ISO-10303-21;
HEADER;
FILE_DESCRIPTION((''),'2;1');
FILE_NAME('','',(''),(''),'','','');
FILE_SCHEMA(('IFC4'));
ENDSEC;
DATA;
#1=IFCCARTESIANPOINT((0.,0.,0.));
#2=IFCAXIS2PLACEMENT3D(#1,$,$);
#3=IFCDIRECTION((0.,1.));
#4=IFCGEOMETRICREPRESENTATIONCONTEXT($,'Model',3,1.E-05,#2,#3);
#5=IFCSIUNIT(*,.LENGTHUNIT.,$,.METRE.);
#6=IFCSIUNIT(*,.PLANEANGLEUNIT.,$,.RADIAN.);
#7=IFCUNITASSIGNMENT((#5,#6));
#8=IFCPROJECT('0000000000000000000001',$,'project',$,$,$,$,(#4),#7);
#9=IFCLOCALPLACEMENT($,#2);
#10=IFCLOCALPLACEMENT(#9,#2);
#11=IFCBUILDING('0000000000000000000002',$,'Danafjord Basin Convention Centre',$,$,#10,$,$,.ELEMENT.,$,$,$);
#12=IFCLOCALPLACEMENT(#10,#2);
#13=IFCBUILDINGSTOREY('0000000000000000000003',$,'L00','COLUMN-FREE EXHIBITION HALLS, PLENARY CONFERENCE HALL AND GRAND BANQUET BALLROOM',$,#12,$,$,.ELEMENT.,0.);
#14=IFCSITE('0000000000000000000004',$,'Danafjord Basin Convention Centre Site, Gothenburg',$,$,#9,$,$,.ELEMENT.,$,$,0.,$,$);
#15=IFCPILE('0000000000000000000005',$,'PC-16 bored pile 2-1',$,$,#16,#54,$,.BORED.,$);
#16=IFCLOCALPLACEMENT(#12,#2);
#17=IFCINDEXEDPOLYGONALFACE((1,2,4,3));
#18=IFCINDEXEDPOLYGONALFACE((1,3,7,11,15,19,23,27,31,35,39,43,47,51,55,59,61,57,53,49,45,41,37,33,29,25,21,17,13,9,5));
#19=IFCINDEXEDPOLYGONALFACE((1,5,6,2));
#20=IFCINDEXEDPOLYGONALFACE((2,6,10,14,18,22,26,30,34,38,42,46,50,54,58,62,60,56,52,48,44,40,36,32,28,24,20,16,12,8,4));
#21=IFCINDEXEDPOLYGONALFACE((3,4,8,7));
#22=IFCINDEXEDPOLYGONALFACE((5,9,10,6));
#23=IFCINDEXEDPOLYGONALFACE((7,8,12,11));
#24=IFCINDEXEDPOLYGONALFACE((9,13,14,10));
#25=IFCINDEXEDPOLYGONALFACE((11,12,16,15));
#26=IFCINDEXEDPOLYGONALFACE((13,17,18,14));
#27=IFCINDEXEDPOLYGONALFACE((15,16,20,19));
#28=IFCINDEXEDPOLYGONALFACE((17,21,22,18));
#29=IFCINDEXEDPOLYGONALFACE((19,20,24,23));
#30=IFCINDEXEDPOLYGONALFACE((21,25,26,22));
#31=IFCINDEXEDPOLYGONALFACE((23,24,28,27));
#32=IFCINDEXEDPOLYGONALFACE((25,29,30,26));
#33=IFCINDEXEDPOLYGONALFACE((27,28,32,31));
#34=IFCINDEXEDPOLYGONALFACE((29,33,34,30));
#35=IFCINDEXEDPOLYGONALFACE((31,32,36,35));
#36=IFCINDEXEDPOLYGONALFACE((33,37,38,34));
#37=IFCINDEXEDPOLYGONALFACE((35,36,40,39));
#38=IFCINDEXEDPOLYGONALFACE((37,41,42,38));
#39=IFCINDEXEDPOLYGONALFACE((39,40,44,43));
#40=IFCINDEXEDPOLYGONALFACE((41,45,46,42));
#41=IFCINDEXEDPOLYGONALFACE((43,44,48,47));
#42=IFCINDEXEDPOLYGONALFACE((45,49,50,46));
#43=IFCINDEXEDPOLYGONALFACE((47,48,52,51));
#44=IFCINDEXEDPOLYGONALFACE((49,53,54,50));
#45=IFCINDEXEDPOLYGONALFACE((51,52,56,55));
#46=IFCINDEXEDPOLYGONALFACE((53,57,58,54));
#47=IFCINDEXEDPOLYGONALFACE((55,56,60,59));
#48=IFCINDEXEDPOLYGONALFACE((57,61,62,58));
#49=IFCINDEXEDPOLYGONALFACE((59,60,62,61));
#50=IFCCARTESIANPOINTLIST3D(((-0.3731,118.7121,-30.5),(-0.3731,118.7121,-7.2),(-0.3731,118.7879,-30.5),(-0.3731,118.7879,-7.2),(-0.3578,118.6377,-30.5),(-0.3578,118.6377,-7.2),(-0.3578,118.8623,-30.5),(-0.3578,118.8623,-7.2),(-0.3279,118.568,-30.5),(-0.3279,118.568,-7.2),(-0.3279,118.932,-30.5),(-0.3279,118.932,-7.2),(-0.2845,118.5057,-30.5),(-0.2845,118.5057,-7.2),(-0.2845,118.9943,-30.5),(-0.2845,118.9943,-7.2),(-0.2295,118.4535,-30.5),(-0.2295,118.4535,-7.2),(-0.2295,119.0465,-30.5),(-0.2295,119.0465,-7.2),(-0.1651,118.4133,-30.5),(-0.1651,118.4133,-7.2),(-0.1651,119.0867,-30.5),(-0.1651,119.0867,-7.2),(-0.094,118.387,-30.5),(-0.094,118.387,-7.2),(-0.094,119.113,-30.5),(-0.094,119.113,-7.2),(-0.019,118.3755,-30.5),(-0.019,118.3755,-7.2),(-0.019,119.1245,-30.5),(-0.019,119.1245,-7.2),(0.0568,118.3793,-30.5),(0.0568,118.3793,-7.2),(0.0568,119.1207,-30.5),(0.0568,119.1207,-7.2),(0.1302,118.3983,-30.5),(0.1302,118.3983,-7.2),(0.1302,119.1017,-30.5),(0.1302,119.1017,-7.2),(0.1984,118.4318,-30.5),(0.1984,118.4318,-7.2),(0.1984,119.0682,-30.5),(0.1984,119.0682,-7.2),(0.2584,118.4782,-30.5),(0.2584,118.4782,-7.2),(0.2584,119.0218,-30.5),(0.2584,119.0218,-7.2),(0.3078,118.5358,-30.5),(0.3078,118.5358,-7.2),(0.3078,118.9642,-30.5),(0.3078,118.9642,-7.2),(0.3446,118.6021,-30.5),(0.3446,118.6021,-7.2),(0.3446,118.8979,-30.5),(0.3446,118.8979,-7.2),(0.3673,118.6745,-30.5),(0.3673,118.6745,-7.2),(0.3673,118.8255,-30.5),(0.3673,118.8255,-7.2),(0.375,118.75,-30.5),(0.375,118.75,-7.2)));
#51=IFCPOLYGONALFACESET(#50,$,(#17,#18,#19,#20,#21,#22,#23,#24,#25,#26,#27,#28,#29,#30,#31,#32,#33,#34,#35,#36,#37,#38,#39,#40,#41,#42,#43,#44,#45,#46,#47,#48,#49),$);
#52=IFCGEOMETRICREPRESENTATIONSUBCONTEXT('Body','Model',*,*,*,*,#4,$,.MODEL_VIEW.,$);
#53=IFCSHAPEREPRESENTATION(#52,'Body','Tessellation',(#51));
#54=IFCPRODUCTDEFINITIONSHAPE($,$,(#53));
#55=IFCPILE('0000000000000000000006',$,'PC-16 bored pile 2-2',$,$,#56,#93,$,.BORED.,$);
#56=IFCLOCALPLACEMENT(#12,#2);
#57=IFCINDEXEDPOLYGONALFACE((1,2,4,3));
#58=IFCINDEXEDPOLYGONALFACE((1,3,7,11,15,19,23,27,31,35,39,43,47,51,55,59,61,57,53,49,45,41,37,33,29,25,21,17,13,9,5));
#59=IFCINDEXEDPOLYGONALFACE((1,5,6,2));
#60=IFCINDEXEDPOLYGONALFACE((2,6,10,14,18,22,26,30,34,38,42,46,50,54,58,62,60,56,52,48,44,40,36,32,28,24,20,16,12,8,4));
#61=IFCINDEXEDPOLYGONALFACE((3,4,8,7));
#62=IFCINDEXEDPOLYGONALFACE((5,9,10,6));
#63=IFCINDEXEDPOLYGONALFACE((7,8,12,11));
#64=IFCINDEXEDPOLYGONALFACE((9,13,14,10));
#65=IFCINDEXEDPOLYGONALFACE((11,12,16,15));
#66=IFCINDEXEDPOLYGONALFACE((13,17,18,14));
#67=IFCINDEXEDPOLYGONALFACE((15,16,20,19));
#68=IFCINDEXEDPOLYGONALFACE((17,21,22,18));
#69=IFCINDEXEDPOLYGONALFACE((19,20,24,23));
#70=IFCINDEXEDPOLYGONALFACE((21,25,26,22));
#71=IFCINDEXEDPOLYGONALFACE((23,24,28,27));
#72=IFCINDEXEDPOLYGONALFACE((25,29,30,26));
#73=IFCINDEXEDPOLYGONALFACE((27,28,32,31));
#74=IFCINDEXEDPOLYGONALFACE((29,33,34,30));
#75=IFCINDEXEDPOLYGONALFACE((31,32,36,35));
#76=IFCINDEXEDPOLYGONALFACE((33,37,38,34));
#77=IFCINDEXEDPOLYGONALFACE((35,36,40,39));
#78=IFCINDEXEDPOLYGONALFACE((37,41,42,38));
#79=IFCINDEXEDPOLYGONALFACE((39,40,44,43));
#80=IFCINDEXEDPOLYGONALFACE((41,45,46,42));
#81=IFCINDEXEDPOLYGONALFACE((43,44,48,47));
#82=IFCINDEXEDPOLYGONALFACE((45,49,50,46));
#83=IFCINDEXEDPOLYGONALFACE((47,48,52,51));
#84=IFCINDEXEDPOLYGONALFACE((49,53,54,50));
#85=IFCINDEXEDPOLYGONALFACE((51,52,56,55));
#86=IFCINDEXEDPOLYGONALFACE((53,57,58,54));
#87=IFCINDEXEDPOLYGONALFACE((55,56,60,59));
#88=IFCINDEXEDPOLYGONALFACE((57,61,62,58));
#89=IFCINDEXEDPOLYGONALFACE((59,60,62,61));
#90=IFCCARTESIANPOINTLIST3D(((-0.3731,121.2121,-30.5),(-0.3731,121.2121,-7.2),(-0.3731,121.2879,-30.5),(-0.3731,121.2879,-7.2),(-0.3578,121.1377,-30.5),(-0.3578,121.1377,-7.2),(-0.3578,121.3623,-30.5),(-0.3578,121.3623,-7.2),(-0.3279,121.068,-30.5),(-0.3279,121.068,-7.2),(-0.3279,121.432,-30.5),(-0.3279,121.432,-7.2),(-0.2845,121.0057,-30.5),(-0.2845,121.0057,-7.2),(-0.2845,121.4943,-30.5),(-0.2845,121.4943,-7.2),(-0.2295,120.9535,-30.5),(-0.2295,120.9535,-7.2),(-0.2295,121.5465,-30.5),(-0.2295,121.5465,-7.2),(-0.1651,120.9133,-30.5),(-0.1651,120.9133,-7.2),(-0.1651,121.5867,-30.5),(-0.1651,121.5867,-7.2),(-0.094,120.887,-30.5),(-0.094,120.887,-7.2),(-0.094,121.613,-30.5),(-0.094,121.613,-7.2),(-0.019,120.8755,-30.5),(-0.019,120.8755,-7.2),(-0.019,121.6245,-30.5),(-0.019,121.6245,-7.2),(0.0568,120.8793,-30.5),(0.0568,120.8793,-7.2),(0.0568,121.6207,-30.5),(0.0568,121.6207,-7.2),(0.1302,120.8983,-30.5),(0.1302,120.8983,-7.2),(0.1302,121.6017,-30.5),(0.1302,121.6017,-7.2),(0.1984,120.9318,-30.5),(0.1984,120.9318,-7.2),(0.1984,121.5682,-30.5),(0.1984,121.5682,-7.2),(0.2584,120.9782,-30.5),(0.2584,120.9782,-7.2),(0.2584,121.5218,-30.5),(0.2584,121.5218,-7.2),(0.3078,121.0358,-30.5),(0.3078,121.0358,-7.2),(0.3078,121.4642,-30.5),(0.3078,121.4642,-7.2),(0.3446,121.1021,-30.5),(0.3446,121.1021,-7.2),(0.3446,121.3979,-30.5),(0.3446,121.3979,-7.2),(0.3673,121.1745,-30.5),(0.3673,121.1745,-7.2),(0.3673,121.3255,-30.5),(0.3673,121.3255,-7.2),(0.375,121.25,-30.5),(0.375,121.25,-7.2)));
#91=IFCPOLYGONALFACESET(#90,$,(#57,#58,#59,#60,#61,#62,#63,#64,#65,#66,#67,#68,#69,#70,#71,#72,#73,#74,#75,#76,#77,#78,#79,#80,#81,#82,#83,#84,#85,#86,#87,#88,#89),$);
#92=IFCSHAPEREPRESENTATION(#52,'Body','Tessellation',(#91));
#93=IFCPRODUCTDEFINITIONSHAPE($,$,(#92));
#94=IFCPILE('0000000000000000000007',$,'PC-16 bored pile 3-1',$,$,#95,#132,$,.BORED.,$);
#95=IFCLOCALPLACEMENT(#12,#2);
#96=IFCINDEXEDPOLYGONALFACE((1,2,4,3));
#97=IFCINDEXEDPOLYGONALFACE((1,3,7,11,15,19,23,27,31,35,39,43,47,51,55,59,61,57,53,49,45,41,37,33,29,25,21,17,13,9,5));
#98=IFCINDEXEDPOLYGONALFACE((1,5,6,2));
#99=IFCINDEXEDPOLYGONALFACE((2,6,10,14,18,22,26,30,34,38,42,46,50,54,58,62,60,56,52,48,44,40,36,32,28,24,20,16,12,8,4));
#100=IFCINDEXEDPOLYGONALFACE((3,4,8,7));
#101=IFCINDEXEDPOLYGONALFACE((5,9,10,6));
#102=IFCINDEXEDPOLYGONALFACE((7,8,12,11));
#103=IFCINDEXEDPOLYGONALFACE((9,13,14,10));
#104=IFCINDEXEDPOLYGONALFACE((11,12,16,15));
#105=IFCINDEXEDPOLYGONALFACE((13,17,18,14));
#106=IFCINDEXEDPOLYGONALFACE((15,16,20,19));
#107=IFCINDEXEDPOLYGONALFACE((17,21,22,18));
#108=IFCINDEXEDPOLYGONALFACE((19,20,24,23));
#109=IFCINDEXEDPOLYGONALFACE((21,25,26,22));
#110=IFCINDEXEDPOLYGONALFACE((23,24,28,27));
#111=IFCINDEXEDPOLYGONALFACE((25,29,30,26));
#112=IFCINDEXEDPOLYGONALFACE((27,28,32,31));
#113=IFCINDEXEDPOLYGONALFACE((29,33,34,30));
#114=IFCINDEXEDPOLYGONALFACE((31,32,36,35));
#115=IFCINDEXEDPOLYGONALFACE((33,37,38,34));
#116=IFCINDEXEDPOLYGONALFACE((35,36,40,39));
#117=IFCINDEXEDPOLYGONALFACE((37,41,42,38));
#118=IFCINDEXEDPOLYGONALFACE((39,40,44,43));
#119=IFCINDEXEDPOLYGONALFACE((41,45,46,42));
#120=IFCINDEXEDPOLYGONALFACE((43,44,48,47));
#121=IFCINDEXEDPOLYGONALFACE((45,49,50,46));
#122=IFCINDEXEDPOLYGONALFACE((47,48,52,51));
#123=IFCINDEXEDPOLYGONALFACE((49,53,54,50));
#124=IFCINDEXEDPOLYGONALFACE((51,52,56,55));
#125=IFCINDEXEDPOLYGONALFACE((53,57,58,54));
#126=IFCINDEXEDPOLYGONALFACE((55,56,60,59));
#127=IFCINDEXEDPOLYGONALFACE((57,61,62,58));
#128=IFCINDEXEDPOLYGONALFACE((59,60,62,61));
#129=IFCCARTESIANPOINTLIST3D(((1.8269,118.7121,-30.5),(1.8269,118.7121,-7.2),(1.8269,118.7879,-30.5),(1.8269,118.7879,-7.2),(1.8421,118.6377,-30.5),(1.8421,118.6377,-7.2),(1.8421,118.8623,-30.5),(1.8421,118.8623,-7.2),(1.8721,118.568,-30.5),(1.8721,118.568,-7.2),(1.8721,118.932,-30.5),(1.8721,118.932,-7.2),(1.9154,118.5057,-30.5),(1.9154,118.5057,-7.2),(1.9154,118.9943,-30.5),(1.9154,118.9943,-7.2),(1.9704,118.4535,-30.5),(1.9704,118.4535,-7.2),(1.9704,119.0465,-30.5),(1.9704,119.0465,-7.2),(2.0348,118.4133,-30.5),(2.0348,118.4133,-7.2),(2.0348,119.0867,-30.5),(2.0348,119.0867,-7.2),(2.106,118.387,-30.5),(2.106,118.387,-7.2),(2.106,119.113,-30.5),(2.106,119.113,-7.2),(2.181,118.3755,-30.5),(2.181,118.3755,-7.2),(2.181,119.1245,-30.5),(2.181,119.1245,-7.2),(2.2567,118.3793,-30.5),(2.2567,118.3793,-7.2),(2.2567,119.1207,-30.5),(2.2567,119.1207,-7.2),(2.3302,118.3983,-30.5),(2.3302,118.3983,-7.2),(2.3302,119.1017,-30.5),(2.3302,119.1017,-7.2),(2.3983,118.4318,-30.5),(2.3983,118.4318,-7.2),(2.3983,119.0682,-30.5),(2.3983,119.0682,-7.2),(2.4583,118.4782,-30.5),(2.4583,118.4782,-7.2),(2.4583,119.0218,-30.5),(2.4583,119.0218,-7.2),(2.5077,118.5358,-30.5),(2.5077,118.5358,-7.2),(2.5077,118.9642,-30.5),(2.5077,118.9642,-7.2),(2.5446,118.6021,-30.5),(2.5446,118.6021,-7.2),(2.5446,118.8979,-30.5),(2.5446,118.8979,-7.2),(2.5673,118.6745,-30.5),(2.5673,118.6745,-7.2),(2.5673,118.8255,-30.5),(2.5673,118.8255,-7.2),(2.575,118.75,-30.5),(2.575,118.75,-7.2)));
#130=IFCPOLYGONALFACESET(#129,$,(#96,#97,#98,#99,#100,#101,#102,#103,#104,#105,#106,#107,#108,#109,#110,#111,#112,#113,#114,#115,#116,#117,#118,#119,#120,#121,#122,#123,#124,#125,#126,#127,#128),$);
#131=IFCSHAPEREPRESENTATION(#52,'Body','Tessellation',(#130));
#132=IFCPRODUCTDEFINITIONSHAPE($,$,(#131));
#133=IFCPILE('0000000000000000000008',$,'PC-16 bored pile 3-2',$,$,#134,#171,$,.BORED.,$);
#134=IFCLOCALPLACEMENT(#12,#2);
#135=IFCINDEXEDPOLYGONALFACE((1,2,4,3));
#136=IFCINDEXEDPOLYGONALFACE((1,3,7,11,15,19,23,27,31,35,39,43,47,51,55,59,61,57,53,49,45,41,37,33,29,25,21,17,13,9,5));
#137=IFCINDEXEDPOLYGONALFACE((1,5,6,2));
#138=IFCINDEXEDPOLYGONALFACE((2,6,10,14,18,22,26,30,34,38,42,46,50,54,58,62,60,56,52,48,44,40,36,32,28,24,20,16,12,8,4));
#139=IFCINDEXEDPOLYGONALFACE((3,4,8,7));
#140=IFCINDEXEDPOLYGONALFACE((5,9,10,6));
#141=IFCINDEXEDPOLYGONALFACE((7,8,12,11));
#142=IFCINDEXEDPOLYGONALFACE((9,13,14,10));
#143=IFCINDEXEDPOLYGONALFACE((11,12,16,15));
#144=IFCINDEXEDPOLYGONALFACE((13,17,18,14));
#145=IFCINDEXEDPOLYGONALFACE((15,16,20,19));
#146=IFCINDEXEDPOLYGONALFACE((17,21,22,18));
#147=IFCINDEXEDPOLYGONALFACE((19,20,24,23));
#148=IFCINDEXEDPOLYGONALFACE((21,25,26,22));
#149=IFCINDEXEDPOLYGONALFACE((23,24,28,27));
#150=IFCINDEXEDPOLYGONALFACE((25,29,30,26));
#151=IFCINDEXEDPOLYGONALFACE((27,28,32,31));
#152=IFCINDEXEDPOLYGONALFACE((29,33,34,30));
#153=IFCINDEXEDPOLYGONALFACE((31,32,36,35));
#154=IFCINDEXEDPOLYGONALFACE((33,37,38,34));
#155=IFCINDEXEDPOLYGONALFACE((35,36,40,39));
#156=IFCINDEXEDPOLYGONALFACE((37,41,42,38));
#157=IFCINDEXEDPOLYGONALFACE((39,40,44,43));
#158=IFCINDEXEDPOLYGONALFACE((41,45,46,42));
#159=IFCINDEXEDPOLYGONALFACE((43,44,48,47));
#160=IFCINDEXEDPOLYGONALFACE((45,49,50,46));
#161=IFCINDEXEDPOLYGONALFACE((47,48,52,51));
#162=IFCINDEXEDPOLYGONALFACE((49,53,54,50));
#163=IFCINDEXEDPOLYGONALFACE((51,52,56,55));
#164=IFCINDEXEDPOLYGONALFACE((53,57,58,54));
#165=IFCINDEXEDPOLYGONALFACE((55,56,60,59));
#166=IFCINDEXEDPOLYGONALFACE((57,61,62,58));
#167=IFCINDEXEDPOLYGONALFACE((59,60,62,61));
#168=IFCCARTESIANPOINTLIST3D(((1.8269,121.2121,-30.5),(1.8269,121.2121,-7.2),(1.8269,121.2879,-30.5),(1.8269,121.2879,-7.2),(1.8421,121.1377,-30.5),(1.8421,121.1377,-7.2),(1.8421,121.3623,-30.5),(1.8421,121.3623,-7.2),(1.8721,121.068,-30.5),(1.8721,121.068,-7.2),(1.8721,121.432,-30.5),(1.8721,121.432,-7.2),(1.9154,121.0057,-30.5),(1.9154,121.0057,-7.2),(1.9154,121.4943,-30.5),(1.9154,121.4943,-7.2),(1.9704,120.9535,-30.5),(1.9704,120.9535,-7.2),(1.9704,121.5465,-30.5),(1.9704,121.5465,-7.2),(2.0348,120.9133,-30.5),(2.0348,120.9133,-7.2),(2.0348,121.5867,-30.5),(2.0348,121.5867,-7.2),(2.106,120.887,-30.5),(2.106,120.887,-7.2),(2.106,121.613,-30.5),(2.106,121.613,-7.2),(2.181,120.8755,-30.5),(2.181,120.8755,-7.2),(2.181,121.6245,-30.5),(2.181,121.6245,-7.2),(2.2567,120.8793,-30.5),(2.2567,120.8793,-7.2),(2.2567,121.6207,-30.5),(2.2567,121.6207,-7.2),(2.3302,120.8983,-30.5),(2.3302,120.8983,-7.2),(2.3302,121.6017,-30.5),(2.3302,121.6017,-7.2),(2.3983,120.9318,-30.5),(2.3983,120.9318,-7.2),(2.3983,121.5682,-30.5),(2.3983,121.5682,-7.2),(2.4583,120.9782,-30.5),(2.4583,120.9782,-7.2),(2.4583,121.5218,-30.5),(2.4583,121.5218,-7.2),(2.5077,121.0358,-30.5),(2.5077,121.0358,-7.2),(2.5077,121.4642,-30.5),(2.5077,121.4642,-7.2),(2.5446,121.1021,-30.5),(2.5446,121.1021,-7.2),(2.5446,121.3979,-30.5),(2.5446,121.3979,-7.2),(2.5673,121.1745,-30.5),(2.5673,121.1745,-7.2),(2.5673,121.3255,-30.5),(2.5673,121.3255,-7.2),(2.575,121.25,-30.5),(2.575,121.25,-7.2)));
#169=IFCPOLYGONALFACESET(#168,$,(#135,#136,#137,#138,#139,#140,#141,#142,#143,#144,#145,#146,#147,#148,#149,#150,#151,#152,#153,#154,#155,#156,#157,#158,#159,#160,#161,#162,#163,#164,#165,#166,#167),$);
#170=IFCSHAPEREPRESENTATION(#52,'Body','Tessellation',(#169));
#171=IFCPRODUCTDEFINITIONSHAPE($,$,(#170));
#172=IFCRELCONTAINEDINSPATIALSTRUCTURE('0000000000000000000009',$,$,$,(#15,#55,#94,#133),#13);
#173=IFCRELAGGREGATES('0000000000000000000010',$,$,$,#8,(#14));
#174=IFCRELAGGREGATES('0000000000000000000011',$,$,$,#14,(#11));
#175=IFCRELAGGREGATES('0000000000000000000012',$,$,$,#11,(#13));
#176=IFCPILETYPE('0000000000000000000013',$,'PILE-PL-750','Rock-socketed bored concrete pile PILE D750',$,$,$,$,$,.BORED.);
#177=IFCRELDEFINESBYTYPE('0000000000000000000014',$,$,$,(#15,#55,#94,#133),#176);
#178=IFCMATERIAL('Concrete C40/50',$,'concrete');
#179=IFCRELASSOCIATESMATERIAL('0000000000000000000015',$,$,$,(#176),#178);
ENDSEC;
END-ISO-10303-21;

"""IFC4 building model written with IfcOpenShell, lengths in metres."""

from ifc_helpers import new_model, si_unit, direction, frame, origin, origin_2d, place, context, subcontext, project, spatial, circle, extrude, material, material_profile, profile_set, type_object, element, save


model = new_model("IFC4")

# Units and contexts
model_context = context("Model", 3, precision=1e-05, world=origin(), true_north=direction((0.0, 1.0)))
body_context = subcontext(model_context, "Body", "Model", "MODEL_VIEW")
ifc_project = project(units=[si_unit("LENGTHUNIT", "METRE"), si_unit("PLANEANGLEUNIT", "RADIAN")], contexts=[model_context])

# Site, building, storey
site_placement = place(None, origin())
site = spatial("IfcSite", under=ifc_project, at=site_placement, Name="Danafjord Basin Convention Centre Site, Gothenburg", CompositionType="ELEMENT", RefElevation=0.0)
building_placement = place(site_placement, origin())
building = spatial("IfcBuilding", under=site, at=building_placement, Name="Danafjord Basin Convention Centre", CompositionType="ELEMENT")
storey_placement = place(building_placement, origin())
storey = spatial("IfcBuildingStorey", under=building, at=storey_placement, Name="L00", Description="COLUMN-FREE EXHIBITION HALLS, PLENARY CONFERENCE HALL AND GRAND BANQUET BALLROOM", CompositionType="ELEMENT", Elevation=0.0)

# Shared definitions
ifc_material_1 = material(Name="Concrete C40/50", Category="concrete")

# Piles
ifc_material_profile_1 = material_profile(ifc_material_1, circle(Radius=0.375, at=origin_2d()), Name="PILE D750")
ifc_profile_set_1 = profile_set([ifc_material_profile_1], Name="Concrete C40/50")
pile_type_1 = type_object("IfcPileType", Name="PILE-PL-750", Description="Rock-socketed bored concrete pile PILE D750", PredefinedType="BORED", material=ifc_profile_set_1)
for number, where, z_axis, x_axis, name in (
    (1, (0.0, 118.75, -7.2), (0.0, 0.0, -1.0), (1.0, 0.0, 0.0), "PC-16 bored pile 2-1"),
    (2, (0.0, 121.25, -7.2), (0.0, 0.0, -1.0), (1.0, 0.0, 0.0), "PC-16 bored pile 2-2"),
    (3, (2.2, 118.75, -7.2), (0.0, 0.0, -1.0), (1.0, 0.0, 0.0), "PC-16 bored pile 3-1"),
    (4, (2.2, 121.25, -7.2), (0.0, 0.0, -1.0), (1.0, 0.0, 0.0), "PC-16 bored pile 3-2"),
):
    element("IfcPile", number, at=place(storey_placement, frame(where, z_axis=z_axis, x_axis=x_axis)), inside=storey, type_object=pile_type_1, Name=name, PredefinedType="BORED", context=body_context, shape_type="SweptSolid", body=[
        extrude(circle(Radius=0.375, at=origin_2d()), origin(), (0.0, 0.0, 1.0), 23.3),
    ])

save(model, "model.ifc")
